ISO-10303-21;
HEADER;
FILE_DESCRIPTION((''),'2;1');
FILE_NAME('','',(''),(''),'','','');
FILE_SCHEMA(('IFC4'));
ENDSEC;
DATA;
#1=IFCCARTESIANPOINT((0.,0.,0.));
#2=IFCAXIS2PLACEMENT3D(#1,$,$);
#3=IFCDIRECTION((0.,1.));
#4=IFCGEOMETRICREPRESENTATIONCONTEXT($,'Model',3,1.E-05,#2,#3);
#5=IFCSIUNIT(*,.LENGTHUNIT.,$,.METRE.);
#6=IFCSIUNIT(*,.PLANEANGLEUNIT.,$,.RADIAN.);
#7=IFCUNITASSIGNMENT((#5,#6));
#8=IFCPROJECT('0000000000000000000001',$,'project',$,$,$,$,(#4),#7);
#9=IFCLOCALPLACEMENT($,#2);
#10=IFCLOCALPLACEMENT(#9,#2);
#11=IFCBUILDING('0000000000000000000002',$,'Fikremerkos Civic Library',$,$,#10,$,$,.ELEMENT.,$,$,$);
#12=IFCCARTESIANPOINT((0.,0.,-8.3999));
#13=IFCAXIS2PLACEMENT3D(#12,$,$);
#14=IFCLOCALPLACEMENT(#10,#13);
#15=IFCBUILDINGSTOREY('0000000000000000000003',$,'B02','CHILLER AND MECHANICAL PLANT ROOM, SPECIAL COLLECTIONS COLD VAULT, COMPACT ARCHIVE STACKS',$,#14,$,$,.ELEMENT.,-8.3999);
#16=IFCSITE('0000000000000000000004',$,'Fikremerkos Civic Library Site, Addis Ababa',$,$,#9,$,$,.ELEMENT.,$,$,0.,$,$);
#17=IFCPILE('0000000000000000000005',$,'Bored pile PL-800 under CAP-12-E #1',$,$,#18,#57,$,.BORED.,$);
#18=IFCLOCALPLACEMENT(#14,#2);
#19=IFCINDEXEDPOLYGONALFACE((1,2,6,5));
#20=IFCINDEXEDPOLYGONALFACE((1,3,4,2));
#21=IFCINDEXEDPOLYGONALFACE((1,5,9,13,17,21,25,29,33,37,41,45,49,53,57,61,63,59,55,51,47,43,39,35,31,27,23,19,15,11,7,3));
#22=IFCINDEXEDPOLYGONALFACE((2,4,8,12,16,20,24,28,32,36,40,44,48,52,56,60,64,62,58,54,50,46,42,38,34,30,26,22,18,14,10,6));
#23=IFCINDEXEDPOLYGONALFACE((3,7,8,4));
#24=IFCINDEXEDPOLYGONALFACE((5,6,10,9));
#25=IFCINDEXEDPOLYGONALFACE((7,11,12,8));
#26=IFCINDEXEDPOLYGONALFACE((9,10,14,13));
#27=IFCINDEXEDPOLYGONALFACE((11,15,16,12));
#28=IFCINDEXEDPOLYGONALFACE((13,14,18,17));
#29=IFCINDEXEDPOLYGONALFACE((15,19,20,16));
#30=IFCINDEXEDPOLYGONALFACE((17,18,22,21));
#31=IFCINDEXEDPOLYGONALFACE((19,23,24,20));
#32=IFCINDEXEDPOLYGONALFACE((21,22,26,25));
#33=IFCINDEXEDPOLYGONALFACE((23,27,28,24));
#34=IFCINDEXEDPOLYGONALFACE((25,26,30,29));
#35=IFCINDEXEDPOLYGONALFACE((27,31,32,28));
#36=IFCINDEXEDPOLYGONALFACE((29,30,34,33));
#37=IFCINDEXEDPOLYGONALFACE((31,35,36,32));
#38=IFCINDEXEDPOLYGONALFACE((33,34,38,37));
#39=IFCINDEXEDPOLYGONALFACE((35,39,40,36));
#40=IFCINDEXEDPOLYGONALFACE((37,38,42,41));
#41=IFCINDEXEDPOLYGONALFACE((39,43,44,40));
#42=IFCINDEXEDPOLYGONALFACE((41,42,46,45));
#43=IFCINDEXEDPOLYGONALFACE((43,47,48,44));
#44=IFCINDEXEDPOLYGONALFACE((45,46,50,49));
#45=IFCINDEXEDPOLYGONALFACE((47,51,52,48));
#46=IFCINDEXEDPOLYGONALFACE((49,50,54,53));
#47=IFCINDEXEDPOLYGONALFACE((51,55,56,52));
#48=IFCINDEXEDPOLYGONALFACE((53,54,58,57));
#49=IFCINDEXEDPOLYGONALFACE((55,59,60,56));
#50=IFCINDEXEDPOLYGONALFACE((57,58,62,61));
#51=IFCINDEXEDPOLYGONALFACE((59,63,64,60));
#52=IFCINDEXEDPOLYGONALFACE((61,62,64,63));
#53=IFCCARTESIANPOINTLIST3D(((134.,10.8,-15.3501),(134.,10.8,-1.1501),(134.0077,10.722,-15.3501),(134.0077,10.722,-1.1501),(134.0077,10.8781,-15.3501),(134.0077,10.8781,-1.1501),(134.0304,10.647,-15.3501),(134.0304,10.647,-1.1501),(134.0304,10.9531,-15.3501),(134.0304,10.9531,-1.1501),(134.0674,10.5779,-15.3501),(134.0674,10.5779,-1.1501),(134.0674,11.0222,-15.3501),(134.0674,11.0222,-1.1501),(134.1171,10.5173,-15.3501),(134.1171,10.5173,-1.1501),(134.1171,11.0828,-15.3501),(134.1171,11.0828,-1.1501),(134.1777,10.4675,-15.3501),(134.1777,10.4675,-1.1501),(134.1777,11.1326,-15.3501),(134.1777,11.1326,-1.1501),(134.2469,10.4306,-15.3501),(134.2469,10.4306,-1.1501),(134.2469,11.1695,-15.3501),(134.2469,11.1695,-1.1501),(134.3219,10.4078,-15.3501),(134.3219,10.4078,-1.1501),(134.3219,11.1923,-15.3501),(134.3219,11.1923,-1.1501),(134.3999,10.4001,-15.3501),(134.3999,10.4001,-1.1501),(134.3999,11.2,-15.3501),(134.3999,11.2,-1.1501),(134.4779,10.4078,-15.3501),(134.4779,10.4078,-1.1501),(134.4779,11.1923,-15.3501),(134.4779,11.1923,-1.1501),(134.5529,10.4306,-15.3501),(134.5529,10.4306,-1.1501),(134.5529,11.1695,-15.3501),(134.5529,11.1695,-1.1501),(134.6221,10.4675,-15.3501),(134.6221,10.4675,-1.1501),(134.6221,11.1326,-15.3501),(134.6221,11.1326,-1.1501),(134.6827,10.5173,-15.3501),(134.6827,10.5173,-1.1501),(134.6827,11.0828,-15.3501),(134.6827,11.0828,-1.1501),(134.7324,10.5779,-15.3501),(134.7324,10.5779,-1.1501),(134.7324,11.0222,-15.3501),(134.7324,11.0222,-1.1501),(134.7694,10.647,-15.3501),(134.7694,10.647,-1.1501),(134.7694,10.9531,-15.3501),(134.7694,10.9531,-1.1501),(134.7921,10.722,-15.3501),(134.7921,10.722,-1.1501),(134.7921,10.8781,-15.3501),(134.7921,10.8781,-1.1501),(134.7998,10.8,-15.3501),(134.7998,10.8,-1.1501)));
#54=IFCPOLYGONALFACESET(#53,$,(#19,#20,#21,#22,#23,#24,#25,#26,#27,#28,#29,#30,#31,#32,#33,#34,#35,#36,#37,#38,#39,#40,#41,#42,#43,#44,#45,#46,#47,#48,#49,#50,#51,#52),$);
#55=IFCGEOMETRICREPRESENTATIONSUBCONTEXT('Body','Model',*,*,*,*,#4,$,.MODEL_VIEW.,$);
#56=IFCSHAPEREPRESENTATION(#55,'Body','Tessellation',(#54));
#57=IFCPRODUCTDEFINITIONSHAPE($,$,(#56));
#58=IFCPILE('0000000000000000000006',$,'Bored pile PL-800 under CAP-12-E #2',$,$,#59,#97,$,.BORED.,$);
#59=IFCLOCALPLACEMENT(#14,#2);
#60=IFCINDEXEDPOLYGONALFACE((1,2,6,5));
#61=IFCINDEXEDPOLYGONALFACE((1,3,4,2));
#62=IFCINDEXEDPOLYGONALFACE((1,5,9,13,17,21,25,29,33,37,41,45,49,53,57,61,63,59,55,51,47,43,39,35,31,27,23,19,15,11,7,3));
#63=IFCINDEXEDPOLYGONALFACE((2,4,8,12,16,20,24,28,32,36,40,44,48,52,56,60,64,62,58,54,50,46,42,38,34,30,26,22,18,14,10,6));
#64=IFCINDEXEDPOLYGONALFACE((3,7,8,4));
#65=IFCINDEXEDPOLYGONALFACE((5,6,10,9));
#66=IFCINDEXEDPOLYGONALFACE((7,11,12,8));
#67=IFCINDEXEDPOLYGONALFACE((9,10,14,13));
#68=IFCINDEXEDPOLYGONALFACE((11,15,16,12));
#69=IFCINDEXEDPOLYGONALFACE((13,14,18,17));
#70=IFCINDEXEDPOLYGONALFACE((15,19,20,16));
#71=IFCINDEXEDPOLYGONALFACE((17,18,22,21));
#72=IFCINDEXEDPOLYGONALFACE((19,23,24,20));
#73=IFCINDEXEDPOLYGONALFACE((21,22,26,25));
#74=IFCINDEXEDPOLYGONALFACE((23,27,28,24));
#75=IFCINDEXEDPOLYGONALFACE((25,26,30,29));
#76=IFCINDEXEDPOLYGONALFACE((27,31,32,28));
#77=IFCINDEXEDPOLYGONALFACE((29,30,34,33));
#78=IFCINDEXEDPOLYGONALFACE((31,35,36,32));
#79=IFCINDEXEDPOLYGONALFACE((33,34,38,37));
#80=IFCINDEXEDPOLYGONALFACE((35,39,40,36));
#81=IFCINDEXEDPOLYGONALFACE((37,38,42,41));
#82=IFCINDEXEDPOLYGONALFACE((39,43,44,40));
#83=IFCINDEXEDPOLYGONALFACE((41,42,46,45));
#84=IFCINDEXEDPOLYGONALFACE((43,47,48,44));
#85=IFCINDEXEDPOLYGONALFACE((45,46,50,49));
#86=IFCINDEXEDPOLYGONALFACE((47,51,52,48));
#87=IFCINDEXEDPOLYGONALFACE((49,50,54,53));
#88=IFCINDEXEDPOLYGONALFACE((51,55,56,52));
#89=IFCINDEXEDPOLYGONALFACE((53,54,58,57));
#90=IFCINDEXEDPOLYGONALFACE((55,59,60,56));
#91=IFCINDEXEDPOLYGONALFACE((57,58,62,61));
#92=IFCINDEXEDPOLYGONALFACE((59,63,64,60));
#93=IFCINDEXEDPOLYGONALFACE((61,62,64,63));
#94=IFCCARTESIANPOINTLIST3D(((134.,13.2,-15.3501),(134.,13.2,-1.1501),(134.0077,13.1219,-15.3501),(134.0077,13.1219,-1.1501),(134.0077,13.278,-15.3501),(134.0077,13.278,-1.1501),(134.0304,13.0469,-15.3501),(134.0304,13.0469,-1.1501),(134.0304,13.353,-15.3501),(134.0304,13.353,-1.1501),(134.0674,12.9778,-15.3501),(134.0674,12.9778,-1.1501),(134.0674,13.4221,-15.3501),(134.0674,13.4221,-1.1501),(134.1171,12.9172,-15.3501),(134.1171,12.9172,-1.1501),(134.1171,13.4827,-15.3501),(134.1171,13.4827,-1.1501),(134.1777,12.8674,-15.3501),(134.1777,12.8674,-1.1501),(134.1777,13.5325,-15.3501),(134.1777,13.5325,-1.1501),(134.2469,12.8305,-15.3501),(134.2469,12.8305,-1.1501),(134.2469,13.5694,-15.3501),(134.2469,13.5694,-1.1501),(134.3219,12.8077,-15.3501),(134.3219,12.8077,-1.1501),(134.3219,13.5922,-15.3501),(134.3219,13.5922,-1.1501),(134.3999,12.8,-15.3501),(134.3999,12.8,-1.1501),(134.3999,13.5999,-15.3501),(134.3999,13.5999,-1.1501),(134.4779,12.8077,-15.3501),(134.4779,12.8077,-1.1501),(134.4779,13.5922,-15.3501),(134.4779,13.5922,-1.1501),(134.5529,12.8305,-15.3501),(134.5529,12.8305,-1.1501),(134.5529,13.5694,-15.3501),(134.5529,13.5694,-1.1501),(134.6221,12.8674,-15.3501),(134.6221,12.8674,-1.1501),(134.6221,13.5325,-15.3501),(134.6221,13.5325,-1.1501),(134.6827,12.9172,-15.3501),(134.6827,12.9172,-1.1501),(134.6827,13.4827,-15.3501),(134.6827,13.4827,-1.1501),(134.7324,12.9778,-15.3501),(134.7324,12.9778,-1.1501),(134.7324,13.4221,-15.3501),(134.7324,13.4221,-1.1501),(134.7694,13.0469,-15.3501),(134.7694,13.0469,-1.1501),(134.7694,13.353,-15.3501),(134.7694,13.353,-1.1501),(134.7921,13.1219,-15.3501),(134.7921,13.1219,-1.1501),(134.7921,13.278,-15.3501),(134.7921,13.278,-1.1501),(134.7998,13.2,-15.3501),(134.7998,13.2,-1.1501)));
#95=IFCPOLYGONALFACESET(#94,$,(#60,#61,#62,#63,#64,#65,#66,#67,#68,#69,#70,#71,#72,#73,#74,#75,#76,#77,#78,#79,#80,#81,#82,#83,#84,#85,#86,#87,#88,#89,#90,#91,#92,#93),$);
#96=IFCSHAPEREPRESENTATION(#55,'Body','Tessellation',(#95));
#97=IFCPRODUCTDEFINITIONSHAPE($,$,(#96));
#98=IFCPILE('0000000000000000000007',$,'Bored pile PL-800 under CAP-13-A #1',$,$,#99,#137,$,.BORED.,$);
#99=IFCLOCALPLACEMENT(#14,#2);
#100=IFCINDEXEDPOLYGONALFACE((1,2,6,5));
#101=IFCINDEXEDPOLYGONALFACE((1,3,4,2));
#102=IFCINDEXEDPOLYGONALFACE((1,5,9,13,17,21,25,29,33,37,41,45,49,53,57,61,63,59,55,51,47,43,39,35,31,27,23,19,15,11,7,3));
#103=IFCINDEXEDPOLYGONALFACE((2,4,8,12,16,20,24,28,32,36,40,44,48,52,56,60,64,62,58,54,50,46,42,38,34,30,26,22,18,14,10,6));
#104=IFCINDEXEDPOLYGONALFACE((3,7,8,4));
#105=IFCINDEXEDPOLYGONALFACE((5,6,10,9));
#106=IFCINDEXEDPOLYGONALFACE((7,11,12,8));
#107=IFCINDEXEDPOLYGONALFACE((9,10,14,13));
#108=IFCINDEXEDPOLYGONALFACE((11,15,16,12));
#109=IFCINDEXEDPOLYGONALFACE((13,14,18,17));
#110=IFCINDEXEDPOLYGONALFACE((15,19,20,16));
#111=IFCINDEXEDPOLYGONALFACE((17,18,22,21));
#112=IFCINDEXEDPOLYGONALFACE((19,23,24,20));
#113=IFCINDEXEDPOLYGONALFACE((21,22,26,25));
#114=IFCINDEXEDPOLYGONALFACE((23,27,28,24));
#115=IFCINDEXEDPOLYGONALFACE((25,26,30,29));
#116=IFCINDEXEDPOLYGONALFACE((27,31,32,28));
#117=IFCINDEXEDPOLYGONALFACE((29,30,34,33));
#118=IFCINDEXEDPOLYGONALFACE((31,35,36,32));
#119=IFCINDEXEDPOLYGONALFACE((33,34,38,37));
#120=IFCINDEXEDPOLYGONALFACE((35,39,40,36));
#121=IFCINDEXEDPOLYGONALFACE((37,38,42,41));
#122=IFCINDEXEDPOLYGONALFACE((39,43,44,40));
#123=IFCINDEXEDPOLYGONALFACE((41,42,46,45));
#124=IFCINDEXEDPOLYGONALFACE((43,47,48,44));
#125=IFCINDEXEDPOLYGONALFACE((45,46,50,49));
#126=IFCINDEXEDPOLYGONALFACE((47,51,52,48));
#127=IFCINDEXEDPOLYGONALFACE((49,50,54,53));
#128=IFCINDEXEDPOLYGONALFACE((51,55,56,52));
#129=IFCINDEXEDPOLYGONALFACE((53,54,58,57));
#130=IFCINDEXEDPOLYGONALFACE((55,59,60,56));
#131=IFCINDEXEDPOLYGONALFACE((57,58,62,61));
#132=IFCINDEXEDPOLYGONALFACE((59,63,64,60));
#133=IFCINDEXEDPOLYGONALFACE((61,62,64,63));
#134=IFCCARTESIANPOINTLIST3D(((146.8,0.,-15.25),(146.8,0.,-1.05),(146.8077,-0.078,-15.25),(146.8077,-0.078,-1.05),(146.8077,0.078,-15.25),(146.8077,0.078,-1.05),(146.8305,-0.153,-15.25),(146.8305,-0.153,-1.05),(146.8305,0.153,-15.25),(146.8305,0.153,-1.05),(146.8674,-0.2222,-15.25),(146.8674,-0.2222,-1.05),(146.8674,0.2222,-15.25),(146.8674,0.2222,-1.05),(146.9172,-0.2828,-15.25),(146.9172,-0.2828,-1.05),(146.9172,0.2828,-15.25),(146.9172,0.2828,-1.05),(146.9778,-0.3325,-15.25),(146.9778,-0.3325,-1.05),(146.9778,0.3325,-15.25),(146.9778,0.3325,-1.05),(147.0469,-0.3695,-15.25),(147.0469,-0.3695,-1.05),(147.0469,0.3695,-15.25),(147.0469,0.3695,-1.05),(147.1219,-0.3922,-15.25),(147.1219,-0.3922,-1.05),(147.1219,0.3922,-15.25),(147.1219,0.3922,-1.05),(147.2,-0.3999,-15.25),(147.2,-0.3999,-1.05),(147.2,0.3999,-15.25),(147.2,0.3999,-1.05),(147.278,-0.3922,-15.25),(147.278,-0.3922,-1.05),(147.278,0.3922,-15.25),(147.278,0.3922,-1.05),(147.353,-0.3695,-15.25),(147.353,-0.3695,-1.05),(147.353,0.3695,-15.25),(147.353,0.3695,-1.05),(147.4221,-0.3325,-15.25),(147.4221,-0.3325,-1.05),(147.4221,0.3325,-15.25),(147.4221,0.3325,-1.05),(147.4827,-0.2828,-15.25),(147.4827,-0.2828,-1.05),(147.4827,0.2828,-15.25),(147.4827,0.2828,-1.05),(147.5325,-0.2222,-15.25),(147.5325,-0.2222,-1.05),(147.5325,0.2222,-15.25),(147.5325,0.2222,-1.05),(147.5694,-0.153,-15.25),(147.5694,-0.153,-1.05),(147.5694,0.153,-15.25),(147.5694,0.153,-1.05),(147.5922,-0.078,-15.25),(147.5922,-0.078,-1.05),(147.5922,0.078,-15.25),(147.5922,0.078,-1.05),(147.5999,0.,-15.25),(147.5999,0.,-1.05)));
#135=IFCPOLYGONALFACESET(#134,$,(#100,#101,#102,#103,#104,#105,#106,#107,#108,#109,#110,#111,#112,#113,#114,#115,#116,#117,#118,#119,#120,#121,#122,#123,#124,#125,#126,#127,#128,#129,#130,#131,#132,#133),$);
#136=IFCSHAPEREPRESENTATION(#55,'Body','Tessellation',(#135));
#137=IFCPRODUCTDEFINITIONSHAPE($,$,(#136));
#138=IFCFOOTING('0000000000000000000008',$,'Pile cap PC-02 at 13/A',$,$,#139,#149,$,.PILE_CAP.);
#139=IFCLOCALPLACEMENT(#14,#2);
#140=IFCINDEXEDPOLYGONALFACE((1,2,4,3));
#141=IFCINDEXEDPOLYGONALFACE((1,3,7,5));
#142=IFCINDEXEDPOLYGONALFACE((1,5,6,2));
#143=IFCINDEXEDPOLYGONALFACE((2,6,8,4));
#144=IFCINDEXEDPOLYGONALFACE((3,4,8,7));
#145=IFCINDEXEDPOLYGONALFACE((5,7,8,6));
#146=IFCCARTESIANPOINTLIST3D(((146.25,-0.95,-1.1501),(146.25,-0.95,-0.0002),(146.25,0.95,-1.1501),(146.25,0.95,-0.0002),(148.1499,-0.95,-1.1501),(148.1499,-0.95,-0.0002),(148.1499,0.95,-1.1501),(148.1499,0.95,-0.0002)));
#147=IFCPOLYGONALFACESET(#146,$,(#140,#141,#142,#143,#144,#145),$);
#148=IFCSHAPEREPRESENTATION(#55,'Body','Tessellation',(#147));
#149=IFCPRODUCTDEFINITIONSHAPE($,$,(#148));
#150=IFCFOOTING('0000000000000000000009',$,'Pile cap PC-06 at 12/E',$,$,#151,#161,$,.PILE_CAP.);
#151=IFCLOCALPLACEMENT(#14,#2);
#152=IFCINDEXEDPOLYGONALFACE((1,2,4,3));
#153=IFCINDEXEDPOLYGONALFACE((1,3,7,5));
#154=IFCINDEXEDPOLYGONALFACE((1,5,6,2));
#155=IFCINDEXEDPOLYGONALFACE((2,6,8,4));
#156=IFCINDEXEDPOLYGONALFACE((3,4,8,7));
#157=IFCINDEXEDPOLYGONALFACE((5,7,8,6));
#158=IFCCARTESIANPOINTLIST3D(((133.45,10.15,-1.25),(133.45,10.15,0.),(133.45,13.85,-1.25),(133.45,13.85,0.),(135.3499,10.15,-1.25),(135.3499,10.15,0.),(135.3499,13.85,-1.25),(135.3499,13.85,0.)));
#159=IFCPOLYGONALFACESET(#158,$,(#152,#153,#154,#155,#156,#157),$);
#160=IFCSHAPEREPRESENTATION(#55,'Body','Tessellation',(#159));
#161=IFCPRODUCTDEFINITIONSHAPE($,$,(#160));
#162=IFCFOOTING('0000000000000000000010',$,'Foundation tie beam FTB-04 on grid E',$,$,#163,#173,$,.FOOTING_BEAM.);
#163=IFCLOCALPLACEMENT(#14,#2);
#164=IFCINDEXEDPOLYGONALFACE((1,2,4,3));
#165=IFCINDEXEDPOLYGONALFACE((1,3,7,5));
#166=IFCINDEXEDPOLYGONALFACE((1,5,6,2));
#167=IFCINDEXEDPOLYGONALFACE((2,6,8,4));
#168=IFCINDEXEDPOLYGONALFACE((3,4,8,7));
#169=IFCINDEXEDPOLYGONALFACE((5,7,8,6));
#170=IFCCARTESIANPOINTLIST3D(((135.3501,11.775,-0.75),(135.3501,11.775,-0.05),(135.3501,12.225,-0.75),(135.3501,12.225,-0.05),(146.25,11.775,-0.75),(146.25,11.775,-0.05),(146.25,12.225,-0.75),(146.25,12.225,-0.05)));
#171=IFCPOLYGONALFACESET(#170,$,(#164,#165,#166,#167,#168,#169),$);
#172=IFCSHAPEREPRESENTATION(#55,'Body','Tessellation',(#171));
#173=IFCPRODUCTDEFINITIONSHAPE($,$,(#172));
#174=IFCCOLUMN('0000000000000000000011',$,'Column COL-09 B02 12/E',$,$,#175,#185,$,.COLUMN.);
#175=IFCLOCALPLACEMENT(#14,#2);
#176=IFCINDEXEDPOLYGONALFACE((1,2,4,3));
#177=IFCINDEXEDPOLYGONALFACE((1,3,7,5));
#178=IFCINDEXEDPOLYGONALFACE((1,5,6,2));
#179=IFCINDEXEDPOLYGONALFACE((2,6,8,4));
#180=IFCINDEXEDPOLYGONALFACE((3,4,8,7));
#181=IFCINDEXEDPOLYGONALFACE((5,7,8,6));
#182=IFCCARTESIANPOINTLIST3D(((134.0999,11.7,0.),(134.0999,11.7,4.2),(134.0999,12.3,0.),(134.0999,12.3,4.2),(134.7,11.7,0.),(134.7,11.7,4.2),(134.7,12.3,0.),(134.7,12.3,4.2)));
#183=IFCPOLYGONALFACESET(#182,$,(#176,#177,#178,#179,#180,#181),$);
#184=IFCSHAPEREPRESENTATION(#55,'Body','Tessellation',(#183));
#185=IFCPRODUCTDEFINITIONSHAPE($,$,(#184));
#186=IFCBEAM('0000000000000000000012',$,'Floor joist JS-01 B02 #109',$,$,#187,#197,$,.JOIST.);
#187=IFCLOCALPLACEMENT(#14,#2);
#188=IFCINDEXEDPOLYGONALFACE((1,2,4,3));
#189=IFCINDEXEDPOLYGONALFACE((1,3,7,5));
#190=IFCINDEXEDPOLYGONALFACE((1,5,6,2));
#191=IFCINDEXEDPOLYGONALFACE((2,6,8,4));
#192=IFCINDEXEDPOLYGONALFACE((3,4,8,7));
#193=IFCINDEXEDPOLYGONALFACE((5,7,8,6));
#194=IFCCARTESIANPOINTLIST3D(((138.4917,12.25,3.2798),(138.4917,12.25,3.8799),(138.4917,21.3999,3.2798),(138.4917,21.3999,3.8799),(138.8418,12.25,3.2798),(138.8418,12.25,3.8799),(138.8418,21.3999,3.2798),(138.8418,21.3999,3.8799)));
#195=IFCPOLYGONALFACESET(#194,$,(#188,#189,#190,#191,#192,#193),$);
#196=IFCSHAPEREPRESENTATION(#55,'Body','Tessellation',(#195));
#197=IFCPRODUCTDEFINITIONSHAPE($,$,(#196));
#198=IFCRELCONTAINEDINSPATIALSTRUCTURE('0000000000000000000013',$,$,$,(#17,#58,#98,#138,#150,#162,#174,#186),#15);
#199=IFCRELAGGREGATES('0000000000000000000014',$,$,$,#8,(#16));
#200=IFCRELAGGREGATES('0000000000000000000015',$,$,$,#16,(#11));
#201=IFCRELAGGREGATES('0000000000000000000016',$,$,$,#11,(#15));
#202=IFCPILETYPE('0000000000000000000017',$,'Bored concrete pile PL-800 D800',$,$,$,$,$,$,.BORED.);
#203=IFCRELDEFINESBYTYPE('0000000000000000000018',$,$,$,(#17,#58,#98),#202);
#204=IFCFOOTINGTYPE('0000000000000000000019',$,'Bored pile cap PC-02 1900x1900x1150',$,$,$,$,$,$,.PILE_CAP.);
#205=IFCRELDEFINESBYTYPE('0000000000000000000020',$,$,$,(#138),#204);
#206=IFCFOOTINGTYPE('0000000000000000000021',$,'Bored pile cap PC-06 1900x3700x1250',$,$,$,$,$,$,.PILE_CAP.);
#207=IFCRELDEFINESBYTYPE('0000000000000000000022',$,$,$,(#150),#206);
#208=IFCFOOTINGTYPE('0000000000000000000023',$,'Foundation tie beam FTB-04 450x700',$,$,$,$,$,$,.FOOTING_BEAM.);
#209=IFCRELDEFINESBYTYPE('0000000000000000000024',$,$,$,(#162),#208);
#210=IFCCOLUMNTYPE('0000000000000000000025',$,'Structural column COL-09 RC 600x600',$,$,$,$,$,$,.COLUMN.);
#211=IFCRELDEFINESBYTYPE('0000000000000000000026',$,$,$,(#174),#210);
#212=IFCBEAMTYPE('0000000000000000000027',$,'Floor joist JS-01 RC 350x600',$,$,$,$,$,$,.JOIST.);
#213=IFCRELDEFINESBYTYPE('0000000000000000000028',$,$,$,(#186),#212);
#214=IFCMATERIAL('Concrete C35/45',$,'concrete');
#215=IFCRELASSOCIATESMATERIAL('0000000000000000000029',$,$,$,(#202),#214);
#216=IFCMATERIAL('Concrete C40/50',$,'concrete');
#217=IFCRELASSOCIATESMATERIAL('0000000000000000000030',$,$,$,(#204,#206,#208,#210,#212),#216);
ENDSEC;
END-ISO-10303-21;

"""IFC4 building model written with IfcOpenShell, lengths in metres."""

from ifc_helpers import new_model, si_unit, direction, frame, origin, origin_2d, place, context, subcontext, project, spatial, rectangle, circle, extrude, material, material_profile, profile_set, type_object, element, save


model = new_model("IFC4")

# Units and contexts
model_context = context("Model", 3, precision=1e-05, world=origin(), true_north=direction((0.0, 1.0)))
body_context = subcontext(model_context, "Body", "Model", "MODEL_VIEW")
ifc_project = project(units=[si_unit("LENGTHUNIT", "METRE"), si_unit("PLANEANGLEUNIT", "RADIAN")], contexts=[model_context])

# Site, building, storey
site_placement = place(None, origin())
site = spatial("IfcSite", under=ifc_project, at=site_placement, Name="Fikremerkos Civic Library Site, Addis Ababa", CompositionType="ELEMENT", RefElevation=0.0)
building_placement = place(site_placement, origin())
building = spatial("IfcBuilding", under=site, at=building_placement, Name="Fikremerkos Civic Library", CompositionType="ELEMENT")
storey_placement = place(building_placement, frame((0.0, 0.0, -8.3999)))
storey = spatial("IfcBuildingStorey", under=building, at=storey_placement, Name="B02", Description="CHILLER AND MECHANICAL PLANT ROOM, SPECIAL COLLECTIONS COLD VAULT, COMPACT ARCHIVE STACKS", CompositionType="ELEMENT", Elevation=-8.3999)

# Piles
ifc_material_1 = material(Name="Concrete C35/45", Category="concrete")
ifc_material_profile_1 = material_profile(ifc_material_1, circle(Radius=0.3999, at=origin_2d()), Name="BORED PILE 800")
ifc_profile_set_1 = profile_set([ifc_material_profile_1], Name="Concrete C35/45")
pile_type = type_object("IfcPileType", Name="Bored concrete pile PL-800 D800", PredefinedType="BORED", material=ifc_profile_set_1)
for number, where, z_axis, x_axis, name in (
    (1, (134.3999, 10.8, -1.1501), (0.0, 0.0, -1.0), (1.0, 0.0, 0.0), "Bored pile PL-800 under CAP-12-E #1"),
    (2, (134.3999, 13.2, -1.1501), (0.0, 0.0, -1.0), (1.0, 0.0, 0.0), "Bored pile PL-800 under CAP-12-E #2"),
    (3, (147.2, 0.0, -1.05), (0.0, 0.0, -1.0), (1.0, 0.0, 0.0), "Bored pile PL-800 under CAP-13-A #1"),
):
    element("IfcPile", number, at=place(storey_placement, frame(where, z_axis=z_axis, x_axis=x_axis)), inside=storey, type_object=pile_type, Name=name, PredefinedType="BORED", context=body_context, shape_type="SweptSolid", body=[
        extrude(circle(Radius=0.3999, at=origin_2d()), origin(), (0.0, 0.0, 1.0), 14.2),
    ])

# Footings
ifc_material_2 = material(Name="Concrete C40/50", Category="concrete")
footing_type_1 = type_object("IfcFootingType", Name="Bored pile cap PC-02 1900x1900x1150", PredefinedType="PILE_CAP", material=ifc_material_2)
footing_1_placement = place(storey_placement, frame((147.2, 0.0, -1.1501), z_axis=(0.0, 0.0, 1.0), x_axis=(1.0, 0.0, 0.0)))
element("IfcFooting", 4, at=footing_1_placement, inside=storey, type_object=footing_type_1, Name="Pile cap PC-02 at 13/A", PredefinedType="PILE_CAP", context=body_context, shape_type="SweptSolid", body=[
    extrude(rectangle(XDim=1.8999, YDim=1.8999, at=origin_2d()), origin(), (0.0, 0.0, 1.0), 1.1499),
])
footing_type_2 = type_object("IfcFootingType", Name="Bored pile cap PC-06 1900x3700x1250", PredefinedType="PILE_CAP", material=ifc_material_2)
footing_2_placement = place(storey_placement, frame((134.3999, 12.0, -1.25), z_axis=(0.0, 0.0, 1.0), x_axis=(1.0, 0.0, 0.0)))
element("IfcFooting", 5, at=footing_2_placement, inside=storey, type_object=footing_type_2, Name="Pile cap PC-06 at 12/E", PredefinedType="PILE_CAP", context=body_context, shape_type="SweptSolid", body=[
    extrude(rectangle(XDim=1.8999, YDim=3.7, at=origin_2d()), origin(), (0.0, 0.0, 1.0), 1.25),
])
footing_type_3 = type_object("IfcFootingType", Name="Foundation tie beam FTB-04 450x700", PredefinedType="FOOTING_BEAM", material=ifc_material_2)
footing_3_placement = place(storey_placement, frame((140.8, 12.0, -0.75), z_axis=(0.0, 0.0, 1.0), x_axis=(1.0, 0.0, 0.0)))
element("IfcFooting", 6, at=footing_3_placement, inside=storey, type_object=footing_type_3, Name="Foundation tie beam FTB-04 on grid E", PredefinedType="FOOTING_BEAM", context=body_context, shape_type="SweptSolid", body=[
    extrude(rectangle(XDim=10.8999, YDim=0.45, at=origin_2d()), origin(), (0.0, 0.0, 1.0), 0.7),
])

# Column
ifc_material_profile_2 = material_profile(ifc_material_2, rectangle(XDim=0.6001, YDim=0.6001, at=origin_2d()), Name="RC 600x600")
ifc_profile_set_2 = profile_set([ifc_material_profile_2], Name="Concrete C40/50")
column_type = type_object("IfcColumnType", Name="Structural column COL-09 RC 600x600", PredefinedType="COLUMN", material=ifc_profile_set_2)
column_placement = place(storey_placement, frame((134.3999, 12.0, 0.0), z_axis=(0.0, 0.0, 1.0), x_axis=(1.0, 0.0, 0.0)))
element("IfcColumn", 7, at=column_placement, inside=storey, type_object=column_type, Name="Column COL-09 B02 12/E", PredefinedType="COLUMN", context=body_context, shape_type="SweptSolid", body=[
    extrude(rectangle(XDim=0.6001, YDim=0.6001, at=origin_2d()), origin(), (0.0, 0.0, 1.0), 4.2),
])

# Beam
ifc_material_profile_3 = material_profile(ifc_material_2, rectangle(XDim=0.3501, YDim=0.6001, at=origin_2d()), Name="RC 350x600")
ifc_profile_set_3 = profile_set([ifc_material_profile_3], Name="Concrete C40/50")
beam_type_1 = type_object("IfcBeamType", Name="Floor joist JS-01 RC 350x600", PredefinedType="JOIST", material=ifc_profile_set_3)
beam_1_placement = place(storey_placement, frame((138.6667, 12.25, 3.5798), z_axis=(0.0, 1.0, 0.0), x_axis=(-1.0, 0.0, 0.0)))
element("IfcBeam", 8, at=beam_1_placement, inside=storey, type_object=beam_type_1, Name="Floor joist JS-01 B02 #109", PredefinedType="JOIST", context=body_context, shape_type="SweptSolid", body=[
    extrude(rectangle(XDim=0.3501, YDim=0.6001, at=origin_2d()), origin(), (0.0, 0.0, 1.0), 9.1499),
])

save(model, "model.ifc")
